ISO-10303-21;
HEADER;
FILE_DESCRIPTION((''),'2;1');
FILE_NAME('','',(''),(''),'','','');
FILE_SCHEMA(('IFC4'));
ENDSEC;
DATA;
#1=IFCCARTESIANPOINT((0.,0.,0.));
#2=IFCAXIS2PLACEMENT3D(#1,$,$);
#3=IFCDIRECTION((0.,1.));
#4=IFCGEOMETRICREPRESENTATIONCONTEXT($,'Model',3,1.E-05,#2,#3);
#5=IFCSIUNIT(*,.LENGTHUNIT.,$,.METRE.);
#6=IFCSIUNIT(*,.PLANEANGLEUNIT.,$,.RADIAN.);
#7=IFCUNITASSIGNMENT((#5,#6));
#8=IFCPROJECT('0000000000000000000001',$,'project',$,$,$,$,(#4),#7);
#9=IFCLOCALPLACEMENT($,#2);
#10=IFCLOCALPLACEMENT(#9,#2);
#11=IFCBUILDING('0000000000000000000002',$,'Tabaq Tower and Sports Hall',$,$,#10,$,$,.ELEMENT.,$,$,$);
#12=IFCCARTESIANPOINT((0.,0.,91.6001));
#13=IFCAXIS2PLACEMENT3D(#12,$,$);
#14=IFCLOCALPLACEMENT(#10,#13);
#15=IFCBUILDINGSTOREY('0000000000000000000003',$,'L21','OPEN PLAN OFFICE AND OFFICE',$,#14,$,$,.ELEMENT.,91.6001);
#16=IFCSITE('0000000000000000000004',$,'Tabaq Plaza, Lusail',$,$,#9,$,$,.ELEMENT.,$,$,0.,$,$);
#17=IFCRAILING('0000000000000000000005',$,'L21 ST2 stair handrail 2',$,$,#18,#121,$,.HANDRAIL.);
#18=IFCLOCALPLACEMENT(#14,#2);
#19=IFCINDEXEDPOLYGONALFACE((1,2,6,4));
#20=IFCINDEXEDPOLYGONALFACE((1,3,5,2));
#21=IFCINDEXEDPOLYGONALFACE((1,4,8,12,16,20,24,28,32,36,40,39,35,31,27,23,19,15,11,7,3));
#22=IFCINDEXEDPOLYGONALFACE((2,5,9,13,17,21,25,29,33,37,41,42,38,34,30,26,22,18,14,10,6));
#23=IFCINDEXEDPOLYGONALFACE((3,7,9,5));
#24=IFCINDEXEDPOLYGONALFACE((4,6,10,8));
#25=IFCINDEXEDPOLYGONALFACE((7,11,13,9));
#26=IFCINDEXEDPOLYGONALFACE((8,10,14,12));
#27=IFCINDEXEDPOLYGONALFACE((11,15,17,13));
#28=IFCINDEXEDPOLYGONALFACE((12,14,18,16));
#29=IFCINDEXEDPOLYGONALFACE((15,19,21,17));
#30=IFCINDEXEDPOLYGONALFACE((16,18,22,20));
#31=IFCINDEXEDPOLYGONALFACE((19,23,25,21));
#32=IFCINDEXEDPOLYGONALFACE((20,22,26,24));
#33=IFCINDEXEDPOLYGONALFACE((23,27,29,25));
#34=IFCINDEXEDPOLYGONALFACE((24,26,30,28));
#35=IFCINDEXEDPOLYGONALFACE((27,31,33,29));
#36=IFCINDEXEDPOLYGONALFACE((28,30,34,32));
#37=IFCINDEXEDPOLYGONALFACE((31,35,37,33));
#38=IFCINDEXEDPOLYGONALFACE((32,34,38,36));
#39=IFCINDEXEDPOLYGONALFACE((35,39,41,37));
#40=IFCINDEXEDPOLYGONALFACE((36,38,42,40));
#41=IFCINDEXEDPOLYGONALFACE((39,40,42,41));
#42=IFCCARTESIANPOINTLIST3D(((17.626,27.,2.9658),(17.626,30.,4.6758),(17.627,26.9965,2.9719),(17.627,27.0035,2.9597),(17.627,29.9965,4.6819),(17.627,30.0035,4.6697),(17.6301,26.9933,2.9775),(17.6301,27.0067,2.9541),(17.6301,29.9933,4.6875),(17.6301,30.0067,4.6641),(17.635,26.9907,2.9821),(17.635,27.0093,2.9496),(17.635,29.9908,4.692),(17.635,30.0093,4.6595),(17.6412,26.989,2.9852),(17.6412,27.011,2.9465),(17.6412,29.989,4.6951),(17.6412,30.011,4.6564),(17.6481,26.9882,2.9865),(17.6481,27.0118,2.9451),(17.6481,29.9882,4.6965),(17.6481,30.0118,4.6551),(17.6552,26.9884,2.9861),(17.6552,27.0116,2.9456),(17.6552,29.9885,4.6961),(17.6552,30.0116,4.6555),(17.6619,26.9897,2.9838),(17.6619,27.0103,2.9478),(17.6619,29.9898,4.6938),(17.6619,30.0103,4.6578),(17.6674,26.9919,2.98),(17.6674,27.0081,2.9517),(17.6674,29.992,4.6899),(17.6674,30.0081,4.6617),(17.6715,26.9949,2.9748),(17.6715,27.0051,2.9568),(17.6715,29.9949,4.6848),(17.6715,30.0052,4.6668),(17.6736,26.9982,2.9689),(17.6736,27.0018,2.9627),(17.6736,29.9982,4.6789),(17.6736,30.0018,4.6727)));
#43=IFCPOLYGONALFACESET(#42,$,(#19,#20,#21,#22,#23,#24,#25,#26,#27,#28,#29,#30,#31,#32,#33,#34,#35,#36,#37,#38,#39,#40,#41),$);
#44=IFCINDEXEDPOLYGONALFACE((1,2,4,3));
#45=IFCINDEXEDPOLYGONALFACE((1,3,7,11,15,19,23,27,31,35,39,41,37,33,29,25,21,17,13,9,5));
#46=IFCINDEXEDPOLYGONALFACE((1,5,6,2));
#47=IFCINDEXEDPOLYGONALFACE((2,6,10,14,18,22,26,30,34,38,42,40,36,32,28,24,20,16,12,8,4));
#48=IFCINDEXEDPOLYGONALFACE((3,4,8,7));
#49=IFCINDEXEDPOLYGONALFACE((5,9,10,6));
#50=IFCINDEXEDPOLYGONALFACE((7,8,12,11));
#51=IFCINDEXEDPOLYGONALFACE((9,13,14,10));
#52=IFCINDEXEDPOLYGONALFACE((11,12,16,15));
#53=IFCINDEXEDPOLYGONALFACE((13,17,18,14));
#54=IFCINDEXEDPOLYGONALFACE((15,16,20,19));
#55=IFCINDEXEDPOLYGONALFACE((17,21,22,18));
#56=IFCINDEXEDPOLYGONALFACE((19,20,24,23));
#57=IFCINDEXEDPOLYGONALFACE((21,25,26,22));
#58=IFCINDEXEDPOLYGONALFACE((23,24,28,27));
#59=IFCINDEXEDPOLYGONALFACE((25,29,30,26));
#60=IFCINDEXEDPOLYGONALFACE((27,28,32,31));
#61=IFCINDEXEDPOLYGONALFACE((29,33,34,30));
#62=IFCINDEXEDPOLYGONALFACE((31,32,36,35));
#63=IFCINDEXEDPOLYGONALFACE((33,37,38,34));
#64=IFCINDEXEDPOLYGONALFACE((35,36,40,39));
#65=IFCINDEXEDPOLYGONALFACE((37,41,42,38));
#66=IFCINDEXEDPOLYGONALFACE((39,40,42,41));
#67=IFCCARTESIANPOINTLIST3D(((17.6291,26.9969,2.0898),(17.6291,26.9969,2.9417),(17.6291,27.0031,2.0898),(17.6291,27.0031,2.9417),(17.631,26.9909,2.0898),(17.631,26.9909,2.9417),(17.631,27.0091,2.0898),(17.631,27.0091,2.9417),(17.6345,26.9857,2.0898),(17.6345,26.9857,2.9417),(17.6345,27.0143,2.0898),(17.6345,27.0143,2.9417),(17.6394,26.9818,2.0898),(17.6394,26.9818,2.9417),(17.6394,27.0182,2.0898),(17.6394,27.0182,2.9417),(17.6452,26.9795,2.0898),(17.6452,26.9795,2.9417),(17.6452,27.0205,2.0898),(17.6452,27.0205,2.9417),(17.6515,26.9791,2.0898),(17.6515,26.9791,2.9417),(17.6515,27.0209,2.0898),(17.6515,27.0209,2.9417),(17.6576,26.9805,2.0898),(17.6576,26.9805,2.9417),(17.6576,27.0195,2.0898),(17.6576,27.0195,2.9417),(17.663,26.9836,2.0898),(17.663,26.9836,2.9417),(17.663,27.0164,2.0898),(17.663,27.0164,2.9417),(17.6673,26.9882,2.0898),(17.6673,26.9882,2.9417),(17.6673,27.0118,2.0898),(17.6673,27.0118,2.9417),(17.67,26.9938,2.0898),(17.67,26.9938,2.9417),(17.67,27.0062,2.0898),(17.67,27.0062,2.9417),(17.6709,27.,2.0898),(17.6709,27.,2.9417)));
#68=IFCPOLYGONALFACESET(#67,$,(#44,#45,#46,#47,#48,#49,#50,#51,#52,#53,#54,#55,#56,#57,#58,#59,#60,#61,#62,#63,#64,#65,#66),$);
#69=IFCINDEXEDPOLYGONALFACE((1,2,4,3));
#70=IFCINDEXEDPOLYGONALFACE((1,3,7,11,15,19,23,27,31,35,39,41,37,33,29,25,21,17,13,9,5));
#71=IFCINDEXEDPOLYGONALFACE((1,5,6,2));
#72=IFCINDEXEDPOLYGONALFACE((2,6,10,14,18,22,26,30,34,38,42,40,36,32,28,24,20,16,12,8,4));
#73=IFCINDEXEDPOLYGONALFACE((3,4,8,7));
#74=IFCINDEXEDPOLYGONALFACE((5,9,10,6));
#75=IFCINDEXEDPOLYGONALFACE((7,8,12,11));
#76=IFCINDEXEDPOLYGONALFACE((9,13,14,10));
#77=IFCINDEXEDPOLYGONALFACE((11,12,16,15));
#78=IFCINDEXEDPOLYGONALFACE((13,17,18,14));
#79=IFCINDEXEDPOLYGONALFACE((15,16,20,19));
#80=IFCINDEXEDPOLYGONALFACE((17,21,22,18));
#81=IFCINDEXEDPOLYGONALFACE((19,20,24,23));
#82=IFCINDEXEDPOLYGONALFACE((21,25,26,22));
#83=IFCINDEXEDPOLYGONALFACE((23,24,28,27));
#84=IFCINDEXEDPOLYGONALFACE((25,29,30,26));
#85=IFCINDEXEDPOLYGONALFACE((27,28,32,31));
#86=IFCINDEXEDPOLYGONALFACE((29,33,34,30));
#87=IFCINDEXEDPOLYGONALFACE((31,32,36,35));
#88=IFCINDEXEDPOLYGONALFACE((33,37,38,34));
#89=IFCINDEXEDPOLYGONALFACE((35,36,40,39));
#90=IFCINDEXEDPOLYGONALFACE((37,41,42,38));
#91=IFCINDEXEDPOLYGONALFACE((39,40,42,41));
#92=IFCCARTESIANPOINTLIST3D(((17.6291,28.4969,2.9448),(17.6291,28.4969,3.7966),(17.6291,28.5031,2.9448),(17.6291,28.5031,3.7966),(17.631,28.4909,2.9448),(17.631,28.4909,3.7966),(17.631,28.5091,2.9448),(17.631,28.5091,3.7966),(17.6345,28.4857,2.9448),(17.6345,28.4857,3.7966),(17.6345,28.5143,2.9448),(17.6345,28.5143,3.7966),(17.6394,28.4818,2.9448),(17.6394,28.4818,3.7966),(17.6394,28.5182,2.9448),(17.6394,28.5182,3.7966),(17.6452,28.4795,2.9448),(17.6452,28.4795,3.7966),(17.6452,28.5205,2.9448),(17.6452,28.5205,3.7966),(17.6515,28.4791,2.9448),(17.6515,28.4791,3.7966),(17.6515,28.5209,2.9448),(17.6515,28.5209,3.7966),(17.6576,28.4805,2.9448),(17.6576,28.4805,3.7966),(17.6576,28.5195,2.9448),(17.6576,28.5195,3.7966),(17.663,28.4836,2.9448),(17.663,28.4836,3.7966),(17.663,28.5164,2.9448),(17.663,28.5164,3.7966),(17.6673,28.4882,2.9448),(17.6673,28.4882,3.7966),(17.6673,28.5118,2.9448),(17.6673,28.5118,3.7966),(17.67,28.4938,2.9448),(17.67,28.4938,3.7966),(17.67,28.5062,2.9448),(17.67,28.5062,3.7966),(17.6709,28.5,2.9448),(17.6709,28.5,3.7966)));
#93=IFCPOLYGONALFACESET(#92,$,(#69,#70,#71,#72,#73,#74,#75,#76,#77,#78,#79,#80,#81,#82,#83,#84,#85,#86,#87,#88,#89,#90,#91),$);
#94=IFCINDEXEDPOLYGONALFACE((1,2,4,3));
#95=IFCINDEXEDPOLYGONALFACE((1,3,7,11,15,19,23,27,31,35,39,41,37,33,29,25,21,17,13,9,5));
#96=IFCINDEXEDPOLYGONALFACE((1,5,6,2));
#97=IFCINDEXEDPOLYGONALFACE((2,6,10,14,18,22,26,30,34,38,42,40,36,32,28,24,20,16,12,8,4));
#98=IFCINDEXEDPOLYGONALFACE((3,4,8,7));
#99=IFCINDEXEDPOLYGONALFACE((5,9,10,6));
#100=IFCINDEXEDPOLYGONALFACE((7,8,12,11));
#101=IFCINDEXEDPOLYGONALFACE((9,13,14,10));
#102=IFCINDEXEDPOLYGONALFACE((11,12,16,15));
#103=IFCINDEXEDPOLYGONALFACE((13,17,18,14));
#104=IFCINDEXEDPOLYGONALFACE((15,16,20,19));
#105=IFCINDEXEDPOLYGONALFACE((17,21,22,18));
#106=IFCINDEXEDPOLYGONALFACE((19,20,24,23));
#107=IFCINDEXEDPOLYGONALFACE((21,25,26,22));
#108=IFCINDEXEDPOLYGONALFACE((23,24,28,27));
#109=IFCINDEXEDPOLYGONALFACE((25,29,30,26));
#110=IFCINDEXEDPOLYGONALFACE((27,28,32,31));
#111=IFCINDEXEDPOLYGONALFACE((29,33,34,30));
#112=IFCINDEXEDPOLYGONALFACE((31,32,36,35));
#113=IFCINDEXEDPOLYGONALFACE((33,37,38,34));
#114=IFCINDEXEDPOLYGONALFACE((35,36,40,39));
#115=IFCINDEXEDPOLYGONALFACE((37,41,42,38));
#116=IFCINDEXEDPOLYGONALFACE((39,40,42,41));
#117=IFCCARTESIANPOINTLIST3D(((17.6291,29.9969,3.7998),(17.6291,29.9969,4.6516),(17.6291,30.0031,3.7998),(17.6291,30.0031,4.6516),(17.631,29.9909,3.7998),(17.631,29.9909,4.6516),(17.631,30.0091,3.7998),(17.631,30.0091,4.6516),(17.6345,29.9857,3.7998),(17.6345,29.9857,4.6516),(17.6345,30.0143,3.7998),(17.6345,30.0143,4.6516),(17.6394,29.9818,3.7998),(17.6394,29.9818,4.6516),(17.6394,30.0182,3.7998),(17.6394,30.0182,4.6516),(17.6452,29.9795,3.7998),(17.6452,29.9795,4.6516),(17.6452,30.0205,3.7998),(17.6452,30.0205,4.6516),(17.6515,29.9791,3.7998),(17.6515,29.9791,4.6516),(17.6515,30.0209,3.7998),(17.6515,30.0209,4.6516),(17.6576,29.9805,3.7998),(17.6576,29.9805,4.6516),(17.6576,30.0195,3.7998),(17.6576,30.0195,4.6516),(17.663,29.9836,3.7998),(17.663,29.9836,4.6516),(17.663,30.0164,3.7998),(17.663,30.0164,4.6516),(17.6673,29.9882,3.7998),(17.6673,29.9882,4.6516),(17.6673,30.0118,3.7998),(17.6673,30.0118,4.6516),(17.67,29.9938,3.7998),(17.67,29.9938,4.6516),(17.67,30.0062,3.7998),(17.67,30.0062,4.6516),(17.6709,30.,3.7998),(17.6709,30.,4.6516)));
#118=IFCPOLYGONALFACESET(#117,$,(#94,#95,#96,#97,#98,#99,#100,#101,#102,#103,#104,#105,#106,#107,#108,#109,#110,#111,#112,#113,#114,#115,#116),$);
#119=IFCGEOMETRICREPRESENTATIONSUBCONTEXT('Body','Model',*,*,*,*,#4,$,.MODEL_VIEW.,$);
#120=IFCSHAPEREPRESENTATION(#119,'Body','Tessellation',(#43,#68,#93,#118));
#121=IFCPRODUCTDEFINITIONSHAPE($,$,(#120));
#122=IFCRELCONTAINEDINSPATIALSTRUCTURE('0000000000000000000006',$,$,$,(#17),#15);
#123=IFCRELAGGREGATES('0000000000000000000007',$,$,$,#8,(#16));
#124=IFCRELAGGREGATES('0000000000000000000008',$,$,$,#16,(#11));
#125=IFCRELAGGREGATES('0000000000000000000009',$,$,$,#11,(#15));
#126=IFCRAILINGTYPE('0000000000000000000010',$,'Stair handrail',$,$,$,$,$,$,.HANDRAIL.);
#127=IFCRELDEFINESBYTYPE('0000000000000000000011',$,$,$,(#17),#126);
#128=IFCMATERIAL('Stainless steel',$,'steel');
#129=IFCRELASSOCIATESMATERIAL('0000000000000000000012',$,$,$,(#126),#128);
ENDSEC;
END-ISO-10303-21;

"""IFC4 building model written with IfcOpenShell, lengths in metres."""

from ifc_helpers import new_model, si_unit, direction, frame, origin, origin_2d, place, context, subcontext, project, spatial, circle, extrude, material, type_object, element, save


model = new_model("IFC4")

# Units and contexts
model_context = context("Model", 3, precision=1e-05, world=origin(), true_north=direction((0.0, 1.0)))
body_context = subcontext(model_context, "Body", "Model", "MODEL_VIEW")
ifc_project = project(units=[si_unit("LENGTHUNIT", "METRE"), si_unit("PLANEANGLEUNIT", "RADIAN")], contexts=[model_context])

# Site, building, storey
site_placement = place(None, origin())
site = spatial("IfcSite", under=ifc_project, at=site_placement, Name="Tabaq Plaza, Lusail", CompositionType="ELEMENT", RefElevation=0.0)
building_placement = place(site_placement, origin())
building = spatial("IfcBuilding", under=site, at=building_placement, Name="Tabaq Tower and Sports Hall", CompositionType="ELEMENT")
storey_placement = place(building_placement, frame((0.0, 0.0, 91.6001)))
storey = spatial("IfcBuildingStorey", under=building, at=storey_placement, Name="L21", Description="OPEN PLAN OFFICE AND OFFICE", CompositionType="ELEMENT", Elevation=91.6001)

# Railing
ifc_material_1 = material(Name="Stainless steel", Category="steel")
railing_type_1 = type_object("IfcRailingType", Name="Stair handrail", PredefinedType="HANDRAIL", material=ifc_material_1)
railing_1_placement = place(storey_placement, frame((17.6499, 27.0, 2.0898)))
element("IfcRailing", 1, at=railing_1_placement, inside=storey, type_object=railing_type_1, Name="L21 ST2 stair handrail 2", PredefinedType="HANDRAIL", context=body_context, shape_type="SweptSolid", body=[
    extrude(circle(Radius=0.0239, at=origin_2d()), frame((0.0, 0.0, 0.876), z_axis=(0.0, 0.868782, 0.495195), x_axis=(-1.0, 0.0, 0.0)), (0.0, 0.0, 1.0), 3.4531),
    extrude(circle(Radius=0.021, at=origin_2d()), origin(), (0.0, 0.0, 1.0), 0.8518),
    extrude(circle(Radius=0.021, at=origin_2d()), frame((0.0, 1.5, 0.855)), (0.0, 0.0, 1.0), 0.8518),
    extrude(circle(Radius=0.021, at=origin_2d()), frame((0.0, 3.0, 1.71)), (0.0, 0.0, 1.0), 0.8518),
])

save(model, "model.ifc")
